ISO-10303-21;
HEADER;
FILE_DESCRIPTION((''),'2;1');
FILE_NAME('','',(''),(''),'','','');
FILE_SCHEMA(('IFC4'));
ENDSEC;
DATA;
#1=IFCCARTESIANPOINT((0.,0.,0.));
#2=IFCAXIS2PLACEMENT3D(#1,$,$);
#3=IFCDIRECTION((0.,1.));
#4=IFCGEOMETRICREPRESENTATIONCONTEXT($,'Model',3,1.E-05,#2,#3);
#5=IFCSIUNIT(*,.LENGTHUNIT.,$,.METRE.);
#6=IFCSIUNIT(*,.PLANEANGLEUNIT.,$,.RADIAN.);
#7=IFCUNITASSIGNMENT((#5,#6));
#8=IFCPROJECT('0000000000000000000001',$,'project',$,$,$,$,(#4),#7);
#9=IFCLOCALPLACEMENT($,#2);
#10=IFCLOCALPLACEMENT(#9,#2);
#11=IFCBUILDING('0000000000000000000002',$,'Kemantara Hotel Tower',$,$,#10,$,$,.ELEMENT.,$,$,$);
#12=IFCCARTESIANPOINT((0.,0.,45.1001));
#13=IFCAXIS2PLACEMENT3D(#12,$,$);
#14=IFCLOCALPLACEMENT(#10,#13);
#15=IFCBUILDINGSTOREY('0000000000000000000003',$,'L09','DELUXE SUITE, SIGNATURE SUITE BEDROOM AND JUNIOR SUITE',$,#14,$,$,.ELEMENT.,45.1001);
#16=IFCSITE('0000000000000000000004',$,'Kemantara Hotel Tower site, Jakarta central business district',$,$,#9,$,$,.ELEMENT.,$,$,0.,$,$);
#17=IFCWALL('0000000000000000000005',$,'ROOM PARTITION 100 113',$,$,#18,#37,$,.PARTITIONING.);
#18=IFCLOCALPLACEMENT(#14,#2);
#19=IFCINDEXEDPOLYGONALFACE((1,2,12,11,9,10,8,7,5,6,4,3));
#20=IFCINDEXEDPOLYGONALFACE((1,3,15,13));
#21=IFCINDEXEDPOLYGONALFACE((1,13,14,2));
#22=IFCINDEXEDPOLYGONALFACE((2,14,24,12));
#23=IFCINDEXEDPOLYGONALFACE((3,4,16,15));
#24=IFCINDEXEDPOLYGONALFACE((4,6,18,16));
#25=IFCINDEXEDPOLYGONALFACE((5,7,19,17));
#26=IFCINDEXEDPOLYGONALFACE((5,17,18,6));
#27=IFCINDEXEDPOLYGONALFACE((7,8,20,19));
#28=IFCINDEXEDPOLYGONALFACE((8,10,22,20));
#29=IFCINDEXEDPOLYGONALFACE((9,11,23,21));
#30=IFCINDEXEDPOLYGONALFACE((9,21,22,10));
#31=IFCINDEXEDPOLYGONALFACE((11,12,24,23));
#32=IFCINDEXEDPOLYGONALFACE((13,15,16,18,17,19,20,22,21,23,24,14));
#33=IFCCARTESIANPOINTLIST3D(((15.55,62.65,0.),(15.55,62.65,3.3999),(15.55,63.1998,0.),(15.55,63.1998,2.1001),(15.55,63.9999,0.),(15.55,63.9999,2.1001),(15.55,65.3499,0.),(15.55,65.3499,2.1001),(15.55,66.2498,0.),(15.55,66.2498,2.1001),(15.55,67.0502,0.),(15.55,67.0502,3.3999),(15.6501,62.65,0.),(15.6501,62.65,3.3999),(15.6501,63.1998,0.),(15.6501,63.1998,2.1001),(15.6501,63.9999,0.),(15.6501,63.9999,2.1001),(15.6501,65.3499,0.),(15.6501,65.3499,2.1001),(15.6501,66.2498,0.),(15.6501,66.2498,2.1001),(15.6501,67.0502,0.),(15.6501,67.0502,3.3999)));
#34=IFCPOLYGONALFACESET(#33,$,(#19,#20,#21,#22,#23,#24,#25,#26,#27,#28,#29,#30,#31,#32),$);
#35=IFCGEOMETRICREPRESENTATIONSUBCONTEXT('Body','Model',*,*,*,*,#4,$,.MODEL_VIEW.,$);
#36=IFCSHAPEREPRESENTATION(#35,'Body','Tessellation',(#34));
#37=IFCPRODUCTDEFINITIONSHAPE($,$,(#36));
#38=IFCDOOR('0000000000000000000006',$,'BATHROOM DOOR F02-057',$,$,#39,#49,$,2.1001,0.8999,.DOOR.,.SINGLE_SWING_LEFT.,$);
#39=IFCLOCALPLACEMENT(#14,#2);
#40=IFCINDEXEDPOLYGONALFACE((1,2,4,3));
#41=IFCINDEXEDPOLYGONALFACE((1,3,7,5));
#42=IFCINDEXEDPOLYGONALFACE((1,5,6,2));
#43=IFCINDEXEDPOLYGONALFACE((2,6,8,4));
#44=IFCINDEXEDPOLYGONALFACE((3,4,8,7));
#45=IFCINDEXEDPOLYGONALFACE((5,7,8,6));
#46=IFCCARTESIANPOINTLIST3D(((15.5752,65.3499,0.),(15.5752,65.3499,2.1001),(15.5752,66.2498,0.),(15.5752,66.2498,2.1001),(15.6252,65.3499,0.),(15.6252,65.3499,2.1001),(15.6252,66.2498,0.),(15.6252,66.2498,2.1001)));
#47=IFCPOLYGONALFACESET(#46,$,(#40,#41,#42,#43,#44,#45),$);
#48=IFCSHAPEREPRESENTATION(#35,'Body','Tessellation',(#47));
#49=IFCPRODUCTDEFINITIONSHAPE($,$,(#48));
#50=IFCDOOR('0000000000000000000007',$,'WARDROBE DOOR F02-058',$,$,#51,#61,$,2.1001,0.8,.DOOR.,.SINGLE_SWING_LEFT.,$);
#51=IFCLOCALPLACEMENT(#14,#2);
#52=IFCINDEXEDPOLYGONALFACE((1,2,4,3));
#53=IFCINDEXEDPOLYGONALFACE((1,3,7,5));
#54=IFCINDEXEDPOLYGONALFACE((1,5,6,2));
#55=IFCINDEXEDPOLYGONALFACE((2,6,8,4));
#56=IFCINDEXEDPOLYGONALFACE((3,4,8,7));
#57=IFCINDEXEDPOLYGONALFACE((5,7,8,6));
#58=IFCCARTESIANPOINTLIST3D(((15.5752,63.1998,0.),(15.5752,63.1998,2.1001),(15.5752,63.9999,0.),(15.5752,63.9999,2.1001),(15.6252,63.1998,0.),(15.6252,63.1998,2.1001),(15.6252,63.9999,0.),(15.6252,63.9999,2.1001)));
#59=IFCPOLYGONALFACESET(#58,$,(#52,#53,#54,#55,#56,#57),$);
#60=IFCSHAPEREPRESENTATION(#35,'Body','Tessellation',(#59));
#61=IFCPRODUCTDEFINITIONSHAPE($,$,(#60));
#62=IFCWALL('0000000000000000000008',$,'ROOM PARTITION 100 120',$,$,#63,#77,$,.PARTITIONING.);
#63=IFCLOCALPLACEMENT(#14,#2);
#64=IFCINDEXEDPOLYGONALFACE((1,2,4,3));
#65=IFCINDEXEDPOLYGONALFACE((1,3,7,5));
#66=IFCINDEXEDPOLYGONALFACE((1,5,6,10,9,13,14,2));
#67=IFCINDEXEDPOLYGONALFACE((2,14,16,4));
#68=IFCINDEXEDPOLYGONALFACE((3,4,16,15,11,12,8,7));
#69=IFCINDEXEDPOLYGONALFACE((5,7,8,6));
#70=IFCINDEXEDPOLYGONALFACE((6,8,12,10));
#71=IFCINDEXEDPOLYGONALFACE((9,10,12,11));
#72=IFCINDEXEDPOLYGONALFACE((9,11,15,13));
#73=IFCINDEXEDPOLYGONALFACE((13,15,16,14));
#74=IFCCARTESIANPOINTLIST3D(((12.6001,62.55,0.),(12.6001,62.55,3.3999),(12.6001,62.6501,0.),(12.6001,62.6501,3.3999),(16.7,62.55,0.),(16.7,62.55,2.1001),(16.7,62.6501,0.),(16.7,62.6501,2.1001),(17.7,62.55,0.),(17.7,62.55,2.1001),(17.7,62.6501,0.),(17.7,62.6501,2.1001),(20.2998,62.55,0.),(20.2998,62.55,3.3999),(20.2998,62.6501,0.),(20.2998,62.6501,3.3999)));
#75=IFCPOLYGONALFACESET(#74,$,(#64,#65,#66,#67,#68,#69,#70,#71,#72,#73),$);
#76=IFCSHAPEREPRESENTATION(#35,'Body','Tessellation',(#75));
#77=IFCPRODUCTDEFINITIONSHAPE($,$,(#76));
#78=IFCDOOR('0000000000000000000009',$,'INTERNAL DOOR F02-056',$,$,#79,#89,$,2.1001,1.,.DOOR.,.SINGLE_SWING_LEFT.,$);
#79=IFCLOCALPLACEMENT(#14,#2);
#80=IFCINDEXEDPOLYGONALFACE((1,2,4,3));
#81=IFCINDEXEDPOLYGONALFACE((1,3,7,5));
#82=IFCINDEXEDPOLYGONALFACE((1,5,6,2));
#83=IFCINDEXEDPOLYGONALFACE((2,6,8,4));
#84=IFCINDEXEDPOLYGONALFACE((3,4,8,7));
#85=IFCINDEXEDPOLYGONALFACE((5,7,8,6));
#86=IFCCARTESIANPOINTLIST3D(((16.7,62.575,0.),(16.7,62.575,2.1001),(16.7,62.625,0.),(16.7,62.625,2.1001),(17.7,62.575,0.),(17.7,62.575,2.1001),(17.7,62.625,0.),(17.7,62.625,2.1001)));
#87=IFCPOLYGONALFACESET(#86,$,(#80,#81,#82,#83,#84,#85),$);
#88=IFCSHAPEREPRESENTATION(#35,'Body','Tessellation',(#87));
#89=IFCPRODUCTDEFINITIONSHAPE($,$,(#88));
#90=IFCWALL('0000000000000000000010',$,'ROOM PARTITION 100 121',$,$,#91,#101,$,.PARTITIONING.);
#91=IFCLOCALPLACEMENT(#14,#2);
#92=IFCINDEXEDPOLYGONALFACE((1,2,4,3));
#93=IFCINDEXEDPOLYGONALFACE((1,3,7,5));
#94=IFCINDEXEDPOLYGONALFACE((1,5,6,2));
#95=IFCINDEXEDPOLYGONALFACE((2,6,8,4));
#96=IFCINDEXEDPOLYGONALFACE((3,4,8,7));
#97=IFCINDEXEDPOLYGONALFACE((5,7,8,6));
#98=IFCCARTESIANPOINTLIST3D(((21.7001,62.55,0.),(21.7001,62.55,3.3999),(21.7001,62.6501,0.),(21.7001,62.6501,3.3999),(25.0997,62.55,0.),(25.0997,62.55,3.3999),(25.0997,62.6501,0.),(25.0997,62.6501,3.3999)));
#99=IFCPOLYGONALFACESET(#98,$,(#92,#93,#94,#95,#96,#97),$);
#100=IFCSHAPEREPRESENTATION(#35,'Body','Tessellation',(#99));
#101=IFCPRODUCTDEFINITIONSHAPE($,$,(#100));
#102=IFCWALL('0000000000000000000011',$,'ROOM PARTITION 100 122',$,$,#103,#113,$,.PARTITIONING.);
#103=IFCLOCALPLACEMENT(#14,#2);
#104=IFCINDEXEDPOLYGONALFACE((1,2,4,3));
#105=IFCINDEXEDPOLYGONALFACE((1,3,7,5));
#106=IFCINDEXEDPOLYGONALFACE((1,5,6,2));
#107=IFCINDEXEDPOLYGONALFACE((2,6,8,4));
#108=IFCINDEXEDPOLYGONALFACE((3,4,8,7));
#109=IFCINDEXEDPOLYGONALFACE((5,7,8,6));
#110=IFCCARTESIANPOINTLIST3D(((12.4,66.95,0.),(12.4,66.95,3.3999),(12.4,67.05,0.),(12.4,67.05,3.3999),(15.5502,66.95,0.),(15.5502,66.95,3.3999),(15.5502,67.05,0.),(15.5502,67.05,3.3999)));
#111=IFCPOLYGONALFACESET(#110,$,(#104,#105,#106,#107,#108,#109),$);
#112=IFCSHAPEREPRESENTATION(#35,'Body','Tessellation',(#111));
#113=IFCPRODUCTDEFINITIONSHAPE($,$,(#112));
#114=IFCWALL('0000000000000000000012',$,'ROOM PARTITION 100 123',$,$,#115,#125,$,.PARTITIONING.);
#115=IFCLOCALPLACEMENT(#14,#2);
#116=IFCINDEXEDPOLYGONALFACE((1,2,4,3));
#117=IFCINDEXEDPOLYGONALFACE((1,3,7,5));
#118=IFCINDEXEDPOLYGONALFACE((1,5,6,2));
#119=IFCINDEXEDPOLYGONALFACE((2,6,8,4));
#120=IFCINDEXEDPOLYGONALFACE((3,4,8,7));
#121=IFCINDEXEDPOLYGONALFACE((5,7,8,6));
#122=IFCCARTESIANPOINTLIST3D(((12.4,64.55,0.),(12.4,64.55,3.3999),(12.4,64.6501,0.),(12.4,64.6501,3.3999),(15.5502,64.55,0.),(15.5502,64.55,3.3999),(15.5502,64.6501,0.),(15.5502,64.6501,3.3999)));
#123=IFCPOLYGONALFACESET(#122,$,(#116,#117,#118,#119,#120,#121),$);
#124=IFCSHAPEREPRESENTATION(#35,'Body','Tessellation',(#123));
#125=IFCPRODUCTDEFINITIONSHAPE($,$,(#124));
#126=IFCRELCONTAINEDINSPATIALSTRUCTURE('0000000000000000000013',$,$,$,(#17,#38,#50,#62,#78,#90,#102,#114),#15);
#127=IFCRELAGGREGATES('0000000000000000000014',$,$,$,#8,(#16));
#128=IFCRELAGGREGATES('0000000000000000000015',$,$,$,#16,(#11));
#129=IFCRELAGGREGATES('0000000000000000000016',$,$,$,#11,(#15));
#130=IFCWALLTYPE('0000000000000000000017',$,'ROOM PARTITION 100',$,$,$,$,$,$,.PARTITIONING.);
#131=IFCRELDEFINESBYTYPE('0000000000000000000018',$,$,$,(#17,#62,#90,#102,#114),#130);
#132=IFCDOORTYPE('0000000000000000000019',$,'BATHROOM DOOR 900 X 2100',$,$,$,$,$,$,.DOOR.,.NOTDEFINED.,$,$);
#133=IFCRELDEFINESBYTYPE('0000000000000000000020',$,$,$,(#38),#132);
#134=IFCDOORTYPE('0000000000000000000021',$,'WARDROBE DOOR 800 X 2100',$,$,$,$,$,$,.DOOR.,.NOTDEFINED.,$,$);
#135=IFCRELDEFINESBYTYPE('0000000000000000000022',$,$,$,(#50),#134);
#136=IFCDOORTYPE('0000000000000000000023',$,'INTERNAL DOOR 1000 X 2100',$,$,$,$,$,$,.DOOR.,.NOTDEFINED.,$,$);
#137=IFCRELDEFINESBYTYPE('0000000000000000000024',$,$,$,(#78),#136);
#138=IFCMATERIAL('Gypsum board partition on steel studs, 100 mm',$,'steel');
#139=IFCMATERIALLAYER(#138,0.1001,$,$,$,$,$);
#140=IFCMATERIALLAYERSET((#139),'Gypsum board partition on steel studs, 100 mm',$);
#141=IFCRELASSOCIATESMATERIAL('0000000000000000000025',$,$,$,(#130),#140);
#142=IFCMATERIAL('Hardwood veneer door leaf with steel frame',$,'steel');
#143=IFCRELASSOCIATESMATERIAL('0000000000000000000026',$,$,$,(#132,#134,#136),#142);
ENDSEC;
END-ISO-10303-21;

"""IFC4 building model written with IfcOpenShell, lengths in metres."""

from ifc_helpers import new_model, si_unit, direction, frame, frame_2d, origin, place, context, subcontext, project, spatial, rectangle, extrude, material, layer, layer_set, type_object, element, fill, save


model = new_model("IFC4")

# Units and contexts
model_context = context("Model", 3, precision=1e-05, world=origin(), true_north=direction((0.0, 1.0)))
body_context = subcontext(model_context, "Body", "Model", "MODEL_VIEW")
ifc_project = project(units=[si_unit("LENGTHUNIT", "METRE"), si_unit("PLANEANGLEUNIT", "RADIAN")], contexts=[model_context])

# Site, building, storey
site_placement = place(None, origin())
site = spatial("IfcSite", under=ifc_project, at=site_placement, Name="Kemantara Hotel Tower site, Jakarta central business district", CompositionType="ELEMENT", RefElevation=0.0)
building_placement = place(site_placement, origin())
building = spatial("IfcBuilding", under=site, at=building_placement, Name="Kemantara Hotel Tower", CompositionType="ELEMENT")
storey_placement = place(building_placement, frame((0.0, 0.0, 45.1001)))
storey = spatial("IfcBuildingStorey", under=building, at=storey_placement, Name="L09", Description="DELUXE SUITE, SIGNATURE SUITE BEDROOM AND JUNIOR SUITE", CompositionType="ELEMENT", Elevation=45.1001)

# Shared definitions
ifc_material_1 = material(Name="Hardwood veneer door leaf with steel frame", Category="steel")

# Wall, openings, doors
ifc_material_2 = material(Name="Gypsum board partition on steel studs, 100 mm", Category="steel")
ifc_layer_1 = layer(ifc_material_2, 0.1001)
ifc_layer_set_1 = layer_set([ifc_layer_1], Name="Gypsum board partition on steel studs, 100 mm")
wall_type_1 = type_object("IfcWallType", Name="ROOM PARTITION 100", PredefinedType="PARTITIONING", material=ifc_layer_set_1)
wall_1_placement = place(storey_placement, frame((15.6001, 62.6499, 0.0), z_axis=(0.0, 0.0, 1.0), x_axis=(0.0, 1.0, 0.0)))
wall_1 = element("IfcWall", 1, at=wall_1_placement, inside=storey, type_object=wall_type_1, Name="ROOM PARTITION 100 113", PredefinedType="PARTITIONING", context=body_context, shape_type="SweptSolid", body=[
    extrude(rectangle(XDim=4.4001, YDim=0.1001, at=frame_2d((2.2002, 0.0))), origin(), (0.0, 0.0, 1.0), 3.3999),
])
opening_1_placement = place(wall_1_placement, frame((2.7, 0.0, 0.0)))
opening_1 = element("IfcOpeningElement", 2, at=opening_1_placement, cuts=wall_1, PredefinedType="OPENING", context=body_context, shape_type="SweptSolid", body=[
    extrude(rectangle(XDim=0.8999, YDim=2.1001, at=frame_2d((0.45, 1.05))), frame((0.0, 0.0601, 0.0), z_axis=(0.0, -1.0, 0.0), x_axis=(1.0, 0.0, 0.0)), (0.0, 0.0, 1.0), 0.1201),
])
opening_2_placement = place(wall_1_placement, frame((0.55, 0.0, 0.0)))
opening_2 = element("IfcOpeningElement", 3, at=opening_2_placement, cuts=wall_1, PredefinedType="OPENING", context=body_context, shape_type="SweptSolid", body=[
    extrude(rectangle(XDim=0.8, YDim=2.1001, at=frame_2d((0.3999, 1.05))), frame((0.0, 0.0601, 0.0), z_axis=(0.0, -1.0, 0.0), x_axis=(1.0, 0.0, 0.0)), (0.0, 0.0, 1.0), 0.1201),
])
door_type_1 = type_object("IfcDoorType", Name="BATHROOM DOOR 900 X 2100", OperationType="NOTDEFINED", PredefinedType="DOOR", material=ifc_material_1)
door_1_placement = place(opening_1_placement, origin())
door_1 = element("IfcDoor", 4, at=door_1_placement, inside=storey, type_object=door_type_1, Name="BATHROOM DOOR F02-057", OperationType="SINGLE_SWING_LEFT", OverallHeight=2.1001, OverallWidth=0.8999, PredefinedType="DOOR", context=body_context, shape_type="SweptSolid", body=[
    extrude(rectangle(XDim=0.8999, YDim=2.1001, at=frame_2d((0.45, 1.05))), frame((0.0, 0.0249, 0.0), z_axis=(0.0, -1.0, 0.0), x_axis=(1.0, 0.0, 0.0)), (0.0, 0.0, 1.0), 0.05),
])
fill(opening_1, door_1)
door_type_2 = type_object("IfcDoorType", Name="WARDROBE DOOR 800 X 2100", OperationType="NOTDEFINED", PredefinedType="DOOR", material=ifc_material_1)
door_2_placement = place(opening_2_placement, origin())
door_2 = element("IfcDoor", 5, at=door_2_placement, inside=storey, type_object=door_type_2, Name="WARDROBE DOOR F02-058", OperationType="SINGLE_SWING_LEFT", OverallHeight=2.1001, OverallWidth=0.8, PredefinedType="DOOR", context=body_context, shape_type="SweptSolid", body=[
    extrude(rectangle(XDim=0.8, YDim=2.1001, at=frame_2d((0.3999, 1.05))), frame((0.0, 0.0249, 0.0), z_axis=(0.0, -1.0, 0.0), x_axis=(1.0, 0.0, 0.0)), (0.0, 0.0, 1.0), 0.05),
])
fill(opening_2, door_2)

# Wall, opening, door
wall_2_placement = place(storey_placement, frame((12.6001, 62.6001, 0.0), z_axis=(0.0, 0.0, 1.0), x_axis=(1.0, 0.0, 0.0)))
wall_2 = element("IfcWall", 6, at=wall_2_placement, inside=storey, type_object=wall_type_1, Name="ROOM PARTITION 100 120", PredefinedType="PARTITIONING", context=body_context, shape_type="SweptSolid", body=[
    extrude(rectangle(XDim=7.6997, YDim=0.1001, at=frame_2d((3.8499, 0.0))), origin(), (0.0, 0.0, 1.0), 3.3999),
])
opening_3_placement = place(wall_2_placement, frame((4.0999, 0.0, 0.0)))
opening_3 = element("IfcOpeningElement", 7, at=opening_3_placement, cuts=wall_2, PredefinedType="OPENING", context=body_context, shape_type="SweptSolid", body=[
    extrude(rectangle(XDim=1.0, YDim=2.1001, at=frame_2d((0.5, 1.05))), frame((0.0, 0.0601, 0.0), z_axis=(0.0, -1.0, 0.0), x_axis=(1.0, 0.0, 0.0)), (0.0, 0.0, 1.0), 0.1201),
])
door_type_3 = type_object("IfcDoorType", Name="INTERNAL DOOR 1000 X 2100", OperationType="NOTDEFINED", PredefinedType="DOOR", material=ifc_material_1)
door_3_placement = place(opening_3_placement, origin())
door_3 = element("IfcDoor", 8, at=door_3_placement, inside=storey, type_object=door_type_3, Name="INTERNAL DOOR F02-056", OperationType="SINGLE_SWING_LEFT", OverallHeight=2.1001, OverallWidth=1.0, PredefinedType="DOOR", context=body_context, shape_type="SweptSolid", body=[
    extrude(rectangle(XDim=1.0, YDim=2.1001, at=frame_2d((0.5, 1.05))), frame((0.0, 0.0249, 0.0), z_axis=(0.0, -1.0, 0.0), x_axis=(1.0, 0.0, 0.0)), (0.0, 0.0, 1.0), 0.05),
])
fill(opening_3, door_3)

# Walls
wall_3_placement = place(storey_placement, frame((21.7002, 62.6001, 0.0), z_axis=(0.0, 0.0, 1.0), x_axis=(1.0, 0.0, 0.0)))
element("IfcWall", 9, at=wall_3_placement, inside=storey, type_object=wall_type_1, Name="ROOM PARTITION 100 121", PredefinedType="PARTITIONING", context=body_context, shape_type="SweptSolid", body=[
    extrude(rectangle(XDim=3.3997, YDim=0.1001, at=frame_2d((1.6997, 0.0))), origin(), (0.0, 0.0, 1.0), 3.3999),
])
for number, where, z_axis, x_axis, name in (
    (10, (12.3999, 67.0, 0.0), (0.0, 0.0, 1.0), (1.0, 0.0, 0.0), "ROOM PARTITION 100 122"),
    (11, (12.3999, 64.6001, 0.0), (0.0, 0.0, 1.0), (1.0, 0.0, 0.0), "ROOM PARTITION 100 123"),
):
    element("IfcWall", number, at=place(storey_placement, frame(where, z_axis=z_axis, x_axis=x_axis)), inside=storey, type_object=wall_type_1, Name=name, PredefinedType="PARTITIONING", context=body_context, shape_type="SweptSolid", body=[
        extrude(rectangle(XDim=3.1501, YDim=0.1001, at=frame_2d((1.5752, 0.0))), origin(), (0.0, 0.0, 1.0), 3.3999),
    ])

save(model, "model.ifc")
